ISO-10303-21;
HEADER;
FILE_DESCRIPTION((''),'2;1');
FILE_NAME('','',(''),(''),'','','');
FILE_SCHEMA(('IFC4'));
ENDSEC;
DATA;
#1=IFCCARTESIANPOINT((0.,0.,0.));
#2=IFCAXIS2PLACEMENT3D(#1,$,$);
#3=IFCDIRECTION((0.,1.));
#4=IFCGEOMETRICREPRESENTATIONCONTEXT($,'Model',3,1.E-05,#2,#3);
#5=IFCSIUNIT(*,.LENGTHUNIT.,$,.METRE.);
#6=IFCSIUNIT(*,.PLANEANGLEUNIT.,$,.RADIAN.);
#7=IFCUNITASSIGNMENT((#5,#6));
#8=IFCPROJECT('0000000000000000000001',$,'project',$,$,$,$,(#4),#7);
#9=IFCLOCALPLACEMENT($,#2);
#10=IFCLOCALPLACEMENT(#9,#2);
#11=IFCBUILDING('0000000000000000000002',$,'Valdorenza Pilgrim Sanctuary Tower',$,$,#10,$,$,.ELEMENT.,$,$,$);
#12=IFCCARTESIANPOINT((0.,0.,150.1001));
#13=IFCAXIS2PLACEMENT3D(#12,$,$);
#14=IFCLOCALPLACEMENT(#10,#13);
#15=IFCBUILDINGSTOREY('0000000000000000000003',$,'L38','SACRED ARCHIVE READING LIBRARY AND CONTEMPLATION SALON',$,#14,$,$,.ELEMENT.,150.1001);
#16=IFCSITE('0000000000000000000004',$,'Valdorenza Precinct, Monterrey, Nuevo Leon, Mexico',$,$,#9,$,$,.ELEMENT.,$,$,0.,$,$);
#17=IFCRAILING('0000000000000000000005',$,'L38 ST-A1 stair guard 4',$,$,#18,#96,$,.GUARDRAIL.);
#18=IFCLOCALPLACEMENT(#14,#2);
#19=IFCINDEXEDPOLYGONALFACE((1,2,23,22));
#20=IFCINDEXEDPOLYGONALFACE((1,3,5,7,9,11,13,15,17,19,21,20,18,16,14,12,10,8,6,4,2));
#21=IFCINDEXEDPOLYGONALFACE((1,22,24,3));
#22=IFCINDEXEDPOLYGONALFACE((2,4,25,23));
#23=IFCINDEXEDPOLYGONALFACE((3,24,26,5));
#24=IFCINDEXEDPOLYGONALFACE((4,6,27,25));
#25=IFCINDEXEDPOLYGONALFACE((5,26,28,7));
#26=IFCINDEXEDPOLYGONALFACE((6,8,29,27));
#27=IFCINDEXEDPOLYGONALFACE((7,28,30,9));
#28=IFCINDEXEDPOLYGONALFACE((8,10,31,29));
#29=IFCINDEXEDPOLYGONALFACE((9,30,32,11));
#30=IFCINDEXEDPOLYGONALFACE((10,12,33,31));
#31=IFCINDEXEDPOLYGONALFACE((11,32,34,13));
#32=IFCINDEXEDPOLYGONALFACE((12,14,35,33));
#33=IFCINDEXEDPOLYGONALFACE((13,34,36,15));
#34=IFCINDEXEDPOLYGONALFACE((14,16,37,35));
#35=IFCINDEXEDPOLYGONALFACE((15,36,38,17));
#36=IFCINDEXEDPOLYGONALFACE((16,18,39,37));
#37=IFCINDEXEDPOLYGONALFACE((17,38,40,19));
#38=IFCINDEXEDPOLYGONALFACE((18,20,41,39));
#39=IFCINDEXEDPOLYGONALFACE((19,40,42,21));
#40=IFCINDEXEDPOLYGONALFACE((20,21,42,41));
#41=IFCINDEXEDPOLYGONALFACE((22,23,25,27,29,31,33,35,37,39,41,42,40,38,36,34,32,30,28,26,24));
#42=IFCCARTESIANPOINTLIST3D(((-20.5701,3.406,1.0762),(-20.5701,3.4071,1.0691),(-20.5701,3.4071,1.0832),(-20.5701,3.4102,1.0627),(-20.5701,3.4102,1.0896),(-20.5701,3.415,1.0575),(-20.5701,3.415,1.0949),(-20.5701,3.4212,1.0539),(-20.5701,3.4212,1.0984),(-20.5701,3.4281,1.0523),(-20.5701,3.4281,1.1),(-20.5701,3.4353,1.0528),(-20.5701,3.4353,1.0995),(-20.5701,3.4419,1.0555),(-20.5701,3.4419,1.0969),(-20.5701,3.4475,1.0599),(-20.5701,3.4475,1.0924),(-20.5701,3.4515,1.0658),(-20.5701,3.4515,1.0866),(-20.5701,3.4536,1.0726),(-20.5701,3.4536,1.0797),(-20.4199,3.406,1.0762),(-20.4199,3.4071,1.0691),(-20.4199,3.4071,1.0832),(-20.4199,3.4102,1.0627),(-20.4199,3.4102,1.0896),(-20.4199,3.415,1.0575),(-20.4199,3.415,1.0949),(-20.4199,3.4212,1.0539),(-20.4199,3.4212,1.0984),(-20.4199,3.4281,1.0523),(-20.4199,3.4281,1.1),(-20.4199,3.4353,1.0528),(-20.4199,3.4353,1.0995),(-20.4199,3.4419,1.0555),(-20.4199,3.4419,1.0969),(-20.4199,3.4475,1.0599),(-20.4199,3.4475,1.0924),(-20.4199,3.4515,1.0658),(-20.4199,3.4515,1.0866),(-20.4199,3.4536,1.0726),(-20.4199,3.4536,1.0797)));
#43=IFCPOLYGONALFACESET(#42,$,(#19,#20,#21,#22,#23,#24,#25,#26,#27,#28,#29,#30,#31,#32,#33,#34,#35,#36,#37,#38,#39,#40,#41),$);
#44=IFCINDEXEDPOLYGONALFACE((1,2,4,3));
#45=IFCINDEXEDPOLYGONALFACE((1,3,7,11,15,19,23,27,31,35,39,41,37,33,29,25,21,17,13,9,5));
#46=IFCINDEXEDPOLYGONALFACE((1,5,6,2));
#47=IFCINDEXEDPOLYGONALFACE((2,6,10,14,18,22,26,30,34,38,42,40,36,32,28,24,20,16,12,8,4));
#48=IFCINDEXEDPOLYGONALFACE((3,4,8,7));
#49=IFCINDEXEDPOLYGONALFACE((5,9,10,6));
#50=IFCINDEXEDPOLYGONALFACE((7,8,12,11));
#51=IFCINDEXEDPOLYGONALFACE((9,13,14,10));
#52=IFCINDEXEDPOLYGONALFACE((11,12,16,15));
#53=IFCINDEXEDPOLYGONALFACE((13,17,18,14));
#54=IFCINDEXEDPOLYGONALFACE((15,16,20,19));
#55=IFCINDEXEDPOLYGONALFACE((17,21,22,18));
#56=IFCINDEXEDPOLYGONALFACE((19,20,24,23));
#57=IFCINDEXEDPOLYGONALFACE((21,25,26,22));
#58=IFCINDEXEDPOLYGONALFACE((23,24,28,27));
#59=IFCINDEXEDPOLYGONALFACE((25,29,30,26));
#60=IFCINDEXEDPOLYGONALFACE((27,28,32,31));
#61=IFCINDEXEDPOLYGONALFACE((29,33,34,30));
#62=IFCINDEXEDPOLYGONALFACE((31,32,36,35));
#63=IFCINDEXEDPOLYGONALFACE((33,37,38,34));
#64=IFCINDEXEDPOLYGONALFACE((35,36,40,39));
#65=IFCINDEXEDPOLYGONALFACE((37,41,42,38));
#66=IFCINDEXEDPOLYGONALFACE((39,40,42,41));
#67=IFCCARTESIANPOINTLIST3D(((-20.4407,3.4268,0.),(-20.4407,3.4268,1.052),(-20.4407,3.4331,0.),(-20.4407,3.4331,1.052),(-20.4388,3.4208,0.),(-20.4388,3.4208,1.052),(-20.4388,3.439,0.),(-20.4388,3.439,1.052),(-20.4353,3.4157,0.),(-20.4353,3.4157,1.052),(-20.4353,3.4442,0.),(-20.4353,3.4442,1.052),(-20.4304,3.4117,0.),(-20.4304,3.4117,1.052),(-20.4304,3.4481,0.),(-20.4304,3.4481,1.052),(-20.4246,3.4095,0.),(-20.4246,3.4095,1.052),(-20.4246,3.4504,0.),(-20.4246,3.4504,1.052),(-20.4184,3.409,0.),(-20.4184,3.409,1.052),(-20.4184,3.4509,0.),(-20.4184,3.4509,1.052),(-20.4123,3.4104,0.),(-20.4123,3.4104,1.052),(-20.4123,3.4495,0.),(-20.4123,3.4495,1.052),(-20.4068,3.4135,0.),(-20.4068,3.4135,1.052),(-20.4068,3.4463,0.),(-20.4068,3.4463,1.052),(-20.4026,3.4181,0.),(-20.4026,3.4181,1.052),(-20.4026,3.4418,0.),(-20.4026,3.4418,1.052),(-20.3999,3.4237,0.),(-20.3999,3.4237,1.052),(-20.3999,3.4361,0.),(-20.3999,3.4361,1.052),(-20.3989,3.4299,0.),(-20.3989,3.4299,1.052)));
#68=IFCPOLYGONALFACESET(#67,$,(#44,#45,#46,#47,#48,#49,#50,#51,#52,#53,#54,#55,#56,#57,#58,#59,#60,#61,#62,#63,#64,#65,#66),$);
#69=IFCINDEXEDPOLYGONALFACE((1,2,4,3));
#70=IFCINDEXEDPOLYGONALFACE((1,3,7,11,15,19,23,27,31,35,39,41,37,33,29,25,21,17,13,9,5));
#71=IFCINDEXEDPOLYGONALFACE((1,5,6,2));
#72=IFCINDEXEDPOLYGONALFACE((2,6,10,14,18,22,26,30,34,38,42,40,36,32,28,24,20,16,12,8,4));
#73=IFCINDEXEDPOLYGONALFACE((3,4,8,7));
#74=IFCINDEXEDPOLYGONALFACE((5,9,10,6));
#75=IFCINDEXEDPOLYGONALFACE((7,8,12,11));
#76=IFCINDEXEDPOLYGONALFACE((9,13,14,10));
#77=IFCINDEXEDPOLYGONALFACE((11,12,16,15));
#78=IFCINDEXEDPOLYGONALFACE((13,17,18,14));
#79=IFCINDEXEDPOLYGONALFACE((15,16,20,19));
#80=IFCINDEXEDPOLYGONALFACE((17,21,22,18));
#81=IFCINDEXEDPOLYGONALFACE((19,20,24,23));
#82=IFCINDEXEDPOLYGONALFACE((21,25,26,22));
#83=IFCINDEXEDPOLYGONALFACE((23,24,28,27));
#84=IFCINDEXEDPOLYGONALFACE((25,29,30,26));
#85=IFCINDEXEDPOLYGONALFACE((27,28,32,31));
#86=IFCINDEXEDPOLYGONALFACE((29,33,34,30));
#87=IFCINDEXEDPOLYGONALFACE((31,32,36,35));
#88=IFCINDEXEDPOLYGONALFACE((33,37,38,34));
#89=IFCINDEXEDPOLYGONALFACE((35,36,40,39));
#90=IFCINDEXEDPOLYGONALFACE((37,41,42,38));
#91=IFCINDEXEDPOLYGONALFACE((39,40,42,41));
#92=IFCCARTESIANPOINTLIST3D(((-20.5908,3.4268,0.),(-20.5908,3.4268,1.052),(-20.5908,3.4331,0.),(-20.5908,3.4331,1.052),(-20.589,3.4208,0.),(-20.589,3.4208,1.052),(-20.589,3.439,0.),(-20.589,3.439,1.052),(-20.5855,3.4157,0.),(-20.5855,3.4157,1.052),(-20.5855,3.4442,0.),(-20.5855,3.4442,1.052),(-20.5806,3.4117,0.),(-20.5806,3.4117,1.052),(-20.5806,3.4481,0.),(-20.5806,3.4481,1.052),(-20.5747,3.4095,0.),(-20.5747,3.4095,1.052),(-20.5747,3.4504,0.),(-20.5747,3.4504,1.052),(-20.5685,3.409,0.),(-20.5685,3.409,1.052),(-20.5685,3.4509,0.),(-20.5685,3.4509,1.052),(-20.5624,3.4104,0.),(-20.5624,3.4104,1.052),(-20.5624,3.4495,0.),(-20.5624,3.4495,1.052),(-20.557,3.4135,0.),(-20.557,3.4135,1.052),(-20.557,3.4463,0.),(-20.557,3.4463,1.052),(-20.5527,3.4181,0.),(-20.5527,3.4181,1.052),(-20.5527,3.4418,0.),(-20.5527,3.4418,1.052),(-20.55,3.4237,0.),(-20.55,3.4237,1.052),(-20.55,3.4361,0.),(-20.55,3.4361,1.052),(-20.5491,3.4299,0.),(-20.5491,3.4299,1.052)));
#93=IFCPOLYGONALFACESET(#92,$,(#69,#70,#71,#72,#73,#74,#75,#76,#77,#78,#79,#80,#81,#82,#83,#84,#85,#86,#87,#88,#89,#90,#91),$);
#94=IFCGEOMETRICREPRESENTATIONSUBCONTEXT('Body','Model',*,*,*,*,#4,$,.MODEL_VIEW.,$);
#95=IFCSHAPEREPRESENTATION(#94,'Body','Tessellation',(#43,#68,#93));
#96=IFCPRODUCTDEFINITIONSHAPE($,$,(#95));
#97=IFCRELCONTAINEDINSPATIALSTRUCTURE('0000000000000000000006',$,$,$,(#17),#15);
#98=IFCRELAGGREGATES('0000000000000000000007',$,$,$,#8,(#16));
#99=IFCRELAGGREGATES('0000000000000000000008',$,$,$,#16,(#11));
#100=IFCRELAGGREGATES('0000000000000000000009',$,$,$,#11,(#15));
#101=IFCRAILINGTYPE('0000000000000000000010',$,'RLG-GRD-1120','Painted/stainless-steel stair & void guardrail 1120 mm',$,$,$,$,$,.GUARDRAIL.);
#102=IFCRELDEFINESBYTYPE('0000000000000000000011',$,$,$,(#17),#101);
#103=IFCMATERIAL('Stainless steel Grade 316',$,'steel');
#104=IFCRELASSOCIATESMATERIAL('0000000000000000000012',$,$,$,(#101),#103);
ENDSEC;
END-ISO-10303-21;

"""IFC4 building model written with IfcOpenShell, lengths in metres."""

from ifc_helpers import new_model, si_unit, direction, frame, origin, origin_2d, place, context, subcontext, project, spatial, circle, extrude, material, type_object, element, save


model = new_model("IFC4")

# Units and contexts
model_context = context("Model", 3, precision=1e-05, world=origin(), true_north=direction((0.0, 1.0)))
body_context = subcontext(model_context, "Body", "Model", "MODEL_VIEW")
ifc_project = project(units=[si_unit("LENGTHUNIT", "METRE"), si_unit("PLANEANGLEUNIT", "RADIAN")], contexts=[model_context])

# Site, building, storey
site_placement = place(None, origin())
site = spatial("IfcSite", under=ifc_project, at=site_placement, Name="Valdorenza Precinct, Monterrey, Nuevo Leon, Mexico", CompositionType="ELEMENT", RefElevation=0.0)
building_placement = place(site_placement, origin())
building = spatial("IfcBuilding", under=site, at=building_placement, Name="Valdorenza Pilgrim Sanctuary Tower", CompositionType="ELEMENT")
storey_placement = place(building_placement, frame((0.0, 0.0, 150.1001)))
storey = spatial("IfcBuildingStorey", under=building, at=storey_placement, Name="L38", Description="SACRED ARCHIVE READING LIBRARY AND CONTEMPLATION SALON", CompositionType="ELEMENT", Elevation=150.1001)

# Railing
ifc_material_1 = material(Name="Stainless steel Grade 316", Category="steel")
railing_type_1 = type_object("IfcRailingType", Name="RLG-GRD-1120", Description="Painted/stainless-steel stair & void guardrail 1120 mm", PredefinedType="GUARDRAIL", material=ifc_material_1)
railing_1_placement = place(storey_placement, frame((-20.4199, 3.4299, 0.0)))
element("IfcRailing", 1, at=railing_1_placement, inside=storey, type_object=railing_type_1, Name="L38 ST-A1 stair guard 4", PredefinedType="GUARDRAIL", context=body_context, shape_type="SweptSolid", body=[
    extrude(circle(Radius=0.0239, at=origin_2d()), frame((0.0, 0.0, 1.0762), z_axis=(-1.0, 0.0, 0.0), x_axis=(0.0, -1.0, 0.0)), (0.0, 0.0, 1.0), 0.1501),
    extrude(circle(Radius=0.021, at=origin_2d()), origin(), (0.0, 0.0, 1.0), 1.052),
    extrude(circle(Radius=0.021, at=origin_2d()), frame((-0.1501, 0.0, 0.0)), (0.0, 0.0, 1.0), 1.052),
])

save(model, "model.ifc")
